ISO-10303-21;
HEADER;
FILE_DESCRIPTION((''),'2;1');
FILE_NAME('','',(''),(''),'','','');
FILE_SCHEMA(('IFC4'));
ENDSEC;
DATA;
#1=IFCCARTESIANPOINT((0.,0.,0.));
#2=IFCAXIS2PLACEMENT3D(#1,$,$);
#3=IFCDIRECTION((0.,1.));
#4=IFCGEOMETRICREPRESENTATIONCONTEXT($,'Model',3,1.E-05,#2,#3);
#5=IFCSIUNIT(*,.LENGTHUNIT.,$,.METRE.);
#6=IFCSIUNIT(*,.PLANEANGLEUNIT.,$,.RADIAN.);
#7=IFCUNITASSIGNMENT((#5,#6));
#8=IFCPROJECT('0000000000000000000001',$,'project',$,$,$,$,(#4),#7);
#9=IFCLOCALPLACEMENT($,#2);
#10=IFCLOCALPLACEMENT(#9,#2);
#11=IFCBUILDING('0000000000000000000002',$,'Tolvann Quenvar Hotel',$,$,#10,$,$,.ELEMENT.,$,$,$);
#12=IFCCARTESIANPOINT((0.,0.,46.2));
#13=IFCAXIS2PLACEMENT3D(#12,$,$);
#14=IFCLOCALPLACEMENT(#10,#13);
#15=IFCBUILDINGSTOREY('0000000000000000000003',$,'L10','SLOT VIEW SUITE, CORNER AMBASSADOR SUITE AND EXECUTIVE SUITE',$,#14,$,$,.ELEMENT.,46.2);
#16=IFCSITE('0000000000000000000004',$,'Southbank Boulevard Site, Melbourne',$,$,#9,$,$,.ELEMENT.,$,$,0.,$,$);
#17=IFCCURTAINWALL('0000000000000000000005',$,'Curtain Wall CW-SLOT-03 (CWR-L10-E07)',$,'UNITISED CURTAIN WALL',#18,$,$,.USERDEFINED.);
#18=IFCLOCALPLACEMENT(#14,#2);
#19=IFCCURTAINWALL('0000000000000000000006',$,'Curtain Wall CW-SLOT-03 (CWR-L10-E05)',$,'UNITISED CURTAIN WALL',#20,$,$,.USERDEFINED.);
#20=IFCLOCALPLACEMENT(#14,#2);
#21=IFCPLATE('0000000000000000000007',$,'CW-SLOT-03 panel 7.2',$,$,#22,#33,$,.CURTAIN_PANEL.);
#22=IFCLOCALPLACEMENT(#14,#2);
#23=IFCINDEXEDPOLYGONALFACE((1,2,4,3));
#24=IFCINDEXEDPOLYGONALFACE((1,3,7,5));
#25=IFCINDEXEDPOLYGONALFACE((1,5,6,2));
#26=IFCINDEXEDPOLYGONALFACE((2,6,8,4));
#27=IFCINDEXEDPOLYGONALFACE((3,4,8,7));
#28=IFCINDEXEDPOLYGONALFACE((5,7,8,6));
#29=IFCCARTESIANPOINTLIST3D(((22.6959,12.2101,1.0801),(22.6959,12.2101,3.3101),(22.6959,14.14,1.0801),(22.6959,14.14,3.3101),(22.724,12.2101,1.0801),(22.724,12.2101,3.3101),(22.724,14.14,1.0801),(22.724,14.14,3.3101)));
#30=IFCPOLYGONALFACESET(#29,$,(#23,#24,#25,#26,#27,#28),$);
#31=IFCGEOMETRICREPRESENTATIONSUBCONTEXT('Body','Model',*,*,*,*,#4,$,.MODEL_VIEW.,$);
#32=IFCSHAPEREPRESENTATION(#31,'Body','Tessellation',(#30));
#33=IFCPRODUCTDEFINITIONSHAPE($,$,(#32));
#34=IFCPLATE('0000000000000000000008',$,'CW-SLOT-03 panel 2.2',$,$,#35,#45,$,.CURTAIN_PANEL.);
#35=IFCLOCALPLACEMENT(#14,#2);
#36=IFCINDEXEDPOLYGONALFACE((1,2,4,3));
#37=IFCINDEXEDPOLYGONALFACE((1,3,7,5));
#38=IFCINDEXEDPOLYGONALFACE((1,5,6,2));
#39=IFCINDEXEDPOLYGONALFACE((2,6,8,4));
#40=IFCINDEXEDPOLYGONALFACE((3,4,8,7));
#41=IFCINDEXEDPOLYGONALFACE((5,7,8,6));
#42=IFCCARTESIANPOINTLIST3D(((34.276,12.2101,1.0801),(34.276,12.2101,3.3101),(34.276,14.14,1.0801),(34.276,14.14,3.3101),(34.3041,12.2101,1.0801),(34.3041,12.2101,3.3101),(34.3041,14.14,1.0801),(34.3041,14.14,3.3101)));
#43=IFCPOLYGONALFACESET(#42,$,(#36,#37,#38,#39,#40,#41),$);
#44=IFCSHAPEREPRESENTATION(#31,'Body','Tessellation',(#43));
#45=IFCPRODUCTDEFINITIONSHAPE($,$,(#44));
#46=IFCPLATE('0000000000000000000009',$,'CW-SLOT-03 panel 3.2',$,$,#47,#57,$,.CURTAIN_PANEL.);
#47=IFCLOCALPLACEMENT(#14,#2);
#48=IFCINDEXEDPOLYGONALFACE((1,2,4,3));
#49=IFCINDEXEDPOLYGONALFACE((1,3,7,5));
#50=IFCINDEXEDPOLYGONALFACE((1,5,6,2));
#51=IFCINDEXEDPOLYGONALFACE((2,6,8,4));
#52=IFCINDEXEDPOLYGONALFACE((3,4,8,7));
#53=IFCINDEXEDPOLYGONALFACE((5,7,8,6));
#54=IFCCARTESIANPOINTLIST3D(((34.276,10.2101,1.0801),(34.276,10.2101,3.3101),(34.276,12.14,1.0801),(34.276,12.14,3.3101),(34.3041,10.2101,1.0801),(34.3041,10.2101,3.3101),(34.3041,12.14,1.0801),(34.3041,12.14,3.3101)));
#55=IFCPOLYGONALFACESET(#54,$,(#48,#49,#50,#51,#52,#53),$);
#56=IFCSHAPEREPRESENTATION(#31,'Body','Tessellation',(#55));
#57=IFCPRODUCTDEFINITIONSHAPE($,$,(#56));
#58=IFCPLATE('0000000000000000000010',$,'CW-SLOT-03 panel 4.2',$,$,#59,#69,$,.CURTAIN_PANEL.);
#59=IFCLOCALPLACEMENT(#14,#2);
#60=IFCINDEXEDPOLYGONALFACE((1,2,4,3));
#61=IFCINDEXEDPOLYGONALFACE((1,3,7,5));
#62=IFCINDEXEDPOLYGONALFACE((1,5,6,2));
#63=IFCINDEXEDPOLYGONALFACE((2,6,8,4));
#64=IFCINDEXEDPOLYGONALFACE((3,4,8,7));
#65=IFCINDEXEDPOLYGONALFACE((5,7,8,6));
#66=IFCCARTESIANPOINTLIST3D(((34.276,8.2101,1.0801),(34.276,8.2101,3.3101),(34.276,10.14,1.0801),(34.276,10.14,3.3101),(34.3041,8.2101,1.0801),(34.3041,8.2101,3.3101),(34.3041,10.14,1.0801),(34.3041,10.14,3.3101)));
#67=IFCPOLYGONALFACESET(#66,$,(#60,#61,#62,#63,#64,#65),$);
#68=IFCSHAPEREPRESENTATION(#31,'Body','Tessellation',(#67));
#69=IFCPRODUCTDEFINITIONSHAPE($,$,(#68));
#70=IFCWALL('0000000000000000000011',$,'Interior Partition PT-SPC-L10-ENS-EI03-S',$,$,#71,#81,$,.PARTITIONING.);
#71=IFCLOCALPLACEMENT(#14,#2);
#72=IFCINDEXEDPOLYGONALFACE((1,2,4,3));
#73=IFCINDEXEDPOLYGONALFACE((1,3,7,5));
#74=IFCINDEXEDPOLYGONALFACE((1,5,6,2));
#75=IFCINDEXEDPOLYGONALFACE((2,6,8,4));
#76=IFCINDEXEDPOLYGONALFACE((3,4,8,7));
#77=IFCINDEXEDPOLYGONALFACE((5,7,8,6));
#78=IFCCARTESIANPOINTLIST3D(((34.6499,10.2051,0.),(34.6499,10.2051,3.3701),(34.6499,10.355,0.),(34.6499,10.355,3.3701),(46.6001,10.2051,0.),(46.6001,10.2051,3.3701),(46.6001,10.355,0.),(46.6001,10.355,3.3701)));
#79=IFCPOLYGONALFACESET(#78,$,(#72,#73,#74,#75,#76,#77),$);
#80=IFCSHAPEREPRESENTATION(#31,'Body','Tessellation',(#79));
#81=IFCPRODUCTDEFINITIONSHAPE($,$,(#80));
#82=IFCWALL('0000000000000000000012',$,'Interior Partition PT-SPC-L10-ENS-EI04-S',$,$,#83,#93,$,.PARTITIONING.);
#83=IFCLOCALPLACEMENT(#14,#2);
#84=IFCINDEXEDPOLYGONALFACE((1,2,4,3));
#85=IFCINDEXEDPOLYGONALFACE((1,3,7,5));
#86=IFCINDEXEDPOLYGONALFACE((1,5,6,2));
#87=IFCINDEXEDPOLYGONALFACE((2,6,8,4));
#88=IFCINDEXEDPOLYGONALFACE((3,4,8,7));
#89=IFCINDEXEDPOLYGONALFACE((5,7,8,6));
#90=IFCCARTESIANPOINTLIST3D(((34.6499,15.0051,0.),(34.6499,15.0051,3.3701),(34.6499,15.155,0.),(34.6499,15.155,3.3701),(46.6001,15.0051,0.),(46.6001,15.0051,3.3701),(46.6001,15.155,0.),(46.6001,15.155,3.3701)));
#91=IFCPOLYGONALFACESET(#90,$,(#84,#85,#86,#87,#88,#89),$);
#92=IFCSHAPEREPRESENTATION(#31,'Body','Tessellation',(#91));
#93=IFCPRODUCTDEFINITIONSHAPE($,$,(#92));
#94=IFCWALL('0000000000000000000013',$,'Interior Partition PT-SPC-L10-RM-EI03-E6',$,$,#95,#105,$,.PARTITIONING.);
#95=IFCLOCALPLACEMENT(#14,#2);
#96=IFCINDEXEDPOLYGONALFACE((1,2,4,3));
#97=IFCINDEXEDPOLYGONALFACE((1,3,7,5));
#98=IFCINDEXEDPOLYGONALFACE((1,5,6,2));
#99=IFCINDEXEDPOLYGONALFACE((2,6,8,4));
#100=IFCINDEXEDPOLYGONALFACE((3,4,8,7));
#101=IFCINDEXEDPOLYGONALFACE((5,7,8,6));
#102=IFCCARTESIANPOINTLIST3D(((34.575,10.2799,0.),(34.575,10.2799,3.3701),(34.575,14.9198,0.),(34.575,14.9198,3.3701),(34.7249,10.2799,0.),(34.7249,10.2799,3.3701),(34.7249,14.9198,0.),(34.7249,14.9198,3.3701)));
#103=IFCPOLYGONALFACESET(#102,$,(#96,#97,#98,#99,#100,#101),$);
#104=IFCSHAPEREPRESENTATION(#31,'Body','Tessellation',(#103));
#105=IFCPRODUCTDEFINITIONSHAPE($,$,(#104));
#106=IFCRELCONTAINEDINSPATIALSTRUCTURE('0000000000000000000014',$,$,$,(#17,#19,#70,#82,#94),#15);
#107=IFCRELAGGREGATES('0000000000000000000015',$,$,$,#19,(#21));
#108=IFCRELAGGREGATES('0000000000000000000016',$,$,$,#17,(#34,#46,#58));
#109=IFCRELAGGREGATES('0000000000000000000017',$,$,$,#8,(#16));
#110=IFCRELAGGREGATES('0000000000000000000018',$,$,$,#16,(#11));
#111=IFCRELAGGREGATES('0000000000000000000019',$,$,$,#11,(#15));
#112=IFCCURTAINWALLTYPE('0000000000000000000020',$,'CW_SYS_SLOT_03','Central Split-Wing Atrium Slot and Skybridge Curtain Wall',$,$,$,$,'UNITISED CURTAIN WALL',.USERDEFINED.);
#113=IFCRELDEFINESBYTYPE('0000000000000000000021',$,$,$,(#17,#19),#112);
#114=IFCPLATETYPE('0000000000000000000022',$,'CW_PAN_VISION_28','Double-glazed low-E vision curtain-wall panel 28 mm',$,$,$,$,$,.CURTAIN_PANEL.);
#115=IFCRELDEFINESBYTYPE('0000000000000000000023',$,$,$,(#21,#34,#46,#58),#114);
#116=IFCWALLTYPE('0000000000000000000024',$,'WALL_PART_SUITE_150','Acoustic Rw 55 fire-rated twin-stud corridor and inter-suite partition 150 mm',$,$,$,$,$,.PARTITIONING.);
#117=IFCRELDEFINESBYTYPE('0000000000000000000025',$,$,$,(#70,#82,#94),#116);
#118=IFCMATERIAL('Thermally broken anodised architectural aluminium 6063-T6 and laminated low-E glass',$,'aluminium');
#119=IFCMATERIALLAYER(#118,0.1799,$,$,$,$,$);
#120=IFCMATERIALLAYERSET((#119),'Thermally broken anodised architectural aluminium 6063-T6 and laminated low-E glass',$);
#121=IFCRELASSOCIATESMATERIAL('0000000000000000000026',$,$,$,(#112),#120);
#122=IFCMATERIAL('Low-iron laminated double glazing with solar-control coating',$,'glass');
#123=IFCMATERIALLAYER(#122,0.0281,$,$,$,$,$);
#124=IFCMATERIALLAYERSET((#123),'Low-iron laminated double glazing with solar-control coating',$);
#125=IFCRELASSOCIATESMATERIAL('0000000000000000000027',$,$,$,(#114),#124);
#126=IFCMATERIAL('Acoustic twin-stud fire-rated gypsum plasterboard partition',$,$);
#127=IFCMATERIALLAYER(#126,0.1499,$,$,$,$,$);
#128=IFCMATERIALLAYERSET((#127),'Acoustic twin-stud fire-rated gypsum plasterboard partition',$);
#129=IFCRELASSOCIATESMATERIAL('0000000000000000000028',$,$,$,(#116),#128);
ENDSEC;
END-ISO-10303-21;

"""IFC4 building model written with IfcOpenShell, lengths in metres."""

from ifc_helpers import new_model, si_unit, direction, frame, frame_2d, origin, origin_2d, place, context, subcontext, project, spatial, rectangle, extrude, source, transform, mapped, material, layer, layer_set, type_object, element, aggregate, save


model = new_model("IFC4")

# Units and contexts
model_context = context("Model", 3, precision=1e-05, world=origin(), true_north=direction((0.0, 1.0)))
body_context = subcontext(model_context, "Body", "Model", "MODEL_VIEW")
ifc_project = project(units=[si_unit("LENGTHUNIT", "METRE"), si_unit("PLANEANGLEUNIT", "RADIAN")], contexts=[model_context])

# Site, building, storey
site_placement = place(None, origin())
site = spatial("IfcSite", under=ifc_project, at=site_placement, Name="Southbank Boulevard Site, Melbourne", CompositionType="ELEMENT", RefElevation=0.0)
building_placement = place(site_placement, origin())
building = spatial("IfcBuilding", under=site, at=building_placement, Name="Tolvann Quenvar Hotel", CompositionType="ELEMENT")
storey_placement = place(building_placement, frame((0.0, 0.0, 46.2)))
storey = spatial("IfcBuildingStorey", under=building, at=storey_placement, Name="L10", Description="SLOT VIEW SUITE, CORNER AMBASSADOR SUITE AND EXECUTIVE SUITE", CompositionType="ELEMENT", Elevation=46.2)

# Curtain wall
ifc_material_1 = material(Name="Thermally broken anodised architectural aluminium 6063-T6 and laminated low-E glass", Category="aluminium")
ifc_layer_1 = layer(ifc_material_1, 0.1799)
ifc_layer_set_1 = layer_set([ifc_layer_1], Name="Thermally broken anodised architectural aluminium 6063-T6 and laminated low-E glass")
curtain_wall_type = type_object("IfcCurtainWallType", Name="CW_SYS_SLOT_03", Description="Central Split-Wing Atrium Slot and Skybridge Curtain Wall", ElementType="UNITISED CURTAIN WALL", PredefinedType="USERDEFINED", material=ifc_layer_set_1)
curtain_wall_1_placement = place(storey_placement, origin())
curtain_wall_1 = element("IfcCurtainWall", 1, at=curtain_wall_1_placement, inside=storey, type_object=curtain_wall_type, Name="Curtain Wall CW-SLOT-03 (CWR-L10-E07)", ObjectType="UNITISED CURTAIN WALL", PredefinedType="USERDEFINED")

# Curtain wall
curtain_wall_2_placement = place(storey_placement, origin())
curtain_wall_2 = element("IfcCurtainWall", 2, at=curtain_wall_2_placement, inside=storey, type_object=curtain_wall_type, Name="Curtain Wall CW-SLOT-03 (CWR-L10-E05)", ObjectType="UNITISED CURTAIN WALL", PredefinedType="USERDEFINED")
ifc_material_2 = material(Name="Low-iron laminated double glazing with solar-control coating", Category="glass")
ifc_layer_2 = layer(ifc_material_2, 0.0281)
ifc_layer_set_2 = layer_set([ifc_layer_2], Name="Low-iron laminated double glazing with solar-control coating")
plate_type = type_object("IfcPlateType", Name="CW_PAN_VISION_28", Description="Double-glazed low-E vision curtain-wall panel 28 mm", PredefinedType="CURTAIN_PANEL", material=ifc_layer_set_2)

# Plates
shared_shape_1 = source(origin(), body_context, "Body", "SweptSolid", [
    extrude(rectangle(XDim=1.9299, YDim=0.0281, at=origin_2d()), origin(), (0.0, 0.0, 1.0), 2.23),
])
plate_1_placement = place(storey_placement, frame((22.71, 13.175, 1.0801), z_axis=(0.0, 0.0, 1.0), x_axis=(0.0, 1.0, 0.0)))
plate_1 = element("IfcPlate", 3, at=plate_1_placement, type_object=plate_type, Name="CW-SLOT-03 panel 7.2", PredefinedType="CURTAIN_PANEL", context=body_context, shape_type="MappedRepresentation", body=[
    mapped(shared_shape_1, transform((0.0, 0.0, 0.0), x_axis=(1.0, 0.0, 0.0), y_axis=(0.0, 1.0, 0.0), z_axis=(0.0, 0.0, 1.0), scale=1.0)),
])
aggregate(curtain_wall_2, [plate_1])
plate_2_placement = place(storey_placement, frame((34.29, 13.175, 1.0801), z_axis=(0.0, 0.0, 1.0), x_axis=(0.0, -1.0, 0.0)))
plate_2 = element("IfcPlate", 4, at=plate_2_placement, type_object=plate_type, Name="CW-SLOT-03 panel 2.2", PredefinedType="CURTAIN_PANEL", context=body_context, shape_type="MappedRepresentation", body=[
    mapped(shared_shape_1, transform((0.0, 0.0, 0.0), x_axis=(1.0, 0.0, 0.0), y_axis=(0.0, 1.0, 0.0), z_axis=(0.0, 0.0, 1.0), scale=1.0)),
])
plate_3_placement = place(storey_placement, frame((34.29, 11.175, 1.0801), z_axis=(0.0, 0.0, 1.0), x_axis=(0.0, -1.0, 0.0)))
plate_3 = element("IfcPlate", 5, at=plate_3_placement, type_object=plate_type, Name="CW-SLOT-03 panel 3.2", PredefinedType="CURTAIN_PANEL", context=body_context, shape_type="MappedRepresentation", body=[
    mapped(shared_shape_1, transform((0.0, 0.0, 0.0), x_axis=(1.0, 0.0, 0.0), y_axis=(0.0, 1.0, 0.0), z_axis=(0.0, 0.0, 1.0), scale=1.0)),
])
plate_4_placement = place(storey_placement, frame((34.29, 9.175, 1.0801), z_axis=(0.0, 0.0, 1.0), x_axis=(0.0, -1.0, 0.0)))
plate_4 = element("IfcPlate", 6, at=plate_4_placement, type_object=plate_type, Name="CW-SLOT-03 panel 4.2", PredefinedType="CURTAIN_PANEL", context=body_context, shape_type="MappedRepresentation", body=[
    mapped(shared_shape_1, transform((0.0, 0.0, 0.0), x_axis=(1.0, 0.0, 0.0), y_axis=(0.0, 1.0, 0.0), z_axis=(0.0, 0.0, 1.0), scale=1.0)),
])
aggregate(curtain_wall_1, [plate_2, plate_3, plate_4])

# Walls
ifc_material_3 = material(Name="Acoustic twin-stud fire-rated gypsum plasterboard partition")
ifc_layer_3 = layer(ifc_material_3, 0.1499)
ifc_layer_set_3 = layer_set([ifc_layer_3], Name="Acoustic twin-stud fire-rated gypsum plasterboard partition")
wall_type = type_object("IfcWallType", Name="WALL_PART_SUITE_150", Description="Acoustic Rw 55 fire-rated twin-stud corridor and inter-suite partition 150 mm", PredefinedType="PARTITIONING", material=ifc_layer_set_3)
for number, where, z_axis, x_axis, name in (
    (7, (34.6499, 10.28, 0.0), (0.0, 0.0, 1.0), (1.0, 0.0, 0.0), "Interior Partition PT-SPC-L10-ENS-EI03-S"),
    (8, (34.6499, 15.0801, 0.0), (0.0, 0.0, 1.0), (1.0, 0.0, 0.0), "Interior Partition PT-SPC-L10-ENS-EI04-S"),
):
    element("IfcWall", number, at=place(storey_placement, frame(where, z_axis=z_axis, x_axis=x_axis)), inside=storey, type_object=wall_type, Name=name, PredefinedType="PARTITIONING", context=body_context, shape_type="SweptSolid", body=[
        extrude(rectangle(XDim=11.9502, YDim=0.1499, at=frame_2d((5.9751, 0.0))), origin(), (0.0, 0.0, 1.0), 3.3701),
    ])
wall_placement = place(storey_placement, frame((34.6499, 10.28, 0.0), z_axis=(0.0, 0.0, 1.0), x_axis=(0.0, 1.0, 0.0)))
element("IfcWall", 9, at=wall_placement, inside=storey, type_object=wall_type, Name="Interior Partition PT-SPC-L10-RM-EI03-E6", PredefinedType="PARTITIONING", context=body_context, shape_type="SweptSolid", body=[
    extrude(rectangle(XDim=4.6399, YDim=0.1499, at=frame_2d((2.3198, 0.0))), origin(), (0.0, 0.0, 1.0), 3.3701),
])

save(model, "model.ifc")
